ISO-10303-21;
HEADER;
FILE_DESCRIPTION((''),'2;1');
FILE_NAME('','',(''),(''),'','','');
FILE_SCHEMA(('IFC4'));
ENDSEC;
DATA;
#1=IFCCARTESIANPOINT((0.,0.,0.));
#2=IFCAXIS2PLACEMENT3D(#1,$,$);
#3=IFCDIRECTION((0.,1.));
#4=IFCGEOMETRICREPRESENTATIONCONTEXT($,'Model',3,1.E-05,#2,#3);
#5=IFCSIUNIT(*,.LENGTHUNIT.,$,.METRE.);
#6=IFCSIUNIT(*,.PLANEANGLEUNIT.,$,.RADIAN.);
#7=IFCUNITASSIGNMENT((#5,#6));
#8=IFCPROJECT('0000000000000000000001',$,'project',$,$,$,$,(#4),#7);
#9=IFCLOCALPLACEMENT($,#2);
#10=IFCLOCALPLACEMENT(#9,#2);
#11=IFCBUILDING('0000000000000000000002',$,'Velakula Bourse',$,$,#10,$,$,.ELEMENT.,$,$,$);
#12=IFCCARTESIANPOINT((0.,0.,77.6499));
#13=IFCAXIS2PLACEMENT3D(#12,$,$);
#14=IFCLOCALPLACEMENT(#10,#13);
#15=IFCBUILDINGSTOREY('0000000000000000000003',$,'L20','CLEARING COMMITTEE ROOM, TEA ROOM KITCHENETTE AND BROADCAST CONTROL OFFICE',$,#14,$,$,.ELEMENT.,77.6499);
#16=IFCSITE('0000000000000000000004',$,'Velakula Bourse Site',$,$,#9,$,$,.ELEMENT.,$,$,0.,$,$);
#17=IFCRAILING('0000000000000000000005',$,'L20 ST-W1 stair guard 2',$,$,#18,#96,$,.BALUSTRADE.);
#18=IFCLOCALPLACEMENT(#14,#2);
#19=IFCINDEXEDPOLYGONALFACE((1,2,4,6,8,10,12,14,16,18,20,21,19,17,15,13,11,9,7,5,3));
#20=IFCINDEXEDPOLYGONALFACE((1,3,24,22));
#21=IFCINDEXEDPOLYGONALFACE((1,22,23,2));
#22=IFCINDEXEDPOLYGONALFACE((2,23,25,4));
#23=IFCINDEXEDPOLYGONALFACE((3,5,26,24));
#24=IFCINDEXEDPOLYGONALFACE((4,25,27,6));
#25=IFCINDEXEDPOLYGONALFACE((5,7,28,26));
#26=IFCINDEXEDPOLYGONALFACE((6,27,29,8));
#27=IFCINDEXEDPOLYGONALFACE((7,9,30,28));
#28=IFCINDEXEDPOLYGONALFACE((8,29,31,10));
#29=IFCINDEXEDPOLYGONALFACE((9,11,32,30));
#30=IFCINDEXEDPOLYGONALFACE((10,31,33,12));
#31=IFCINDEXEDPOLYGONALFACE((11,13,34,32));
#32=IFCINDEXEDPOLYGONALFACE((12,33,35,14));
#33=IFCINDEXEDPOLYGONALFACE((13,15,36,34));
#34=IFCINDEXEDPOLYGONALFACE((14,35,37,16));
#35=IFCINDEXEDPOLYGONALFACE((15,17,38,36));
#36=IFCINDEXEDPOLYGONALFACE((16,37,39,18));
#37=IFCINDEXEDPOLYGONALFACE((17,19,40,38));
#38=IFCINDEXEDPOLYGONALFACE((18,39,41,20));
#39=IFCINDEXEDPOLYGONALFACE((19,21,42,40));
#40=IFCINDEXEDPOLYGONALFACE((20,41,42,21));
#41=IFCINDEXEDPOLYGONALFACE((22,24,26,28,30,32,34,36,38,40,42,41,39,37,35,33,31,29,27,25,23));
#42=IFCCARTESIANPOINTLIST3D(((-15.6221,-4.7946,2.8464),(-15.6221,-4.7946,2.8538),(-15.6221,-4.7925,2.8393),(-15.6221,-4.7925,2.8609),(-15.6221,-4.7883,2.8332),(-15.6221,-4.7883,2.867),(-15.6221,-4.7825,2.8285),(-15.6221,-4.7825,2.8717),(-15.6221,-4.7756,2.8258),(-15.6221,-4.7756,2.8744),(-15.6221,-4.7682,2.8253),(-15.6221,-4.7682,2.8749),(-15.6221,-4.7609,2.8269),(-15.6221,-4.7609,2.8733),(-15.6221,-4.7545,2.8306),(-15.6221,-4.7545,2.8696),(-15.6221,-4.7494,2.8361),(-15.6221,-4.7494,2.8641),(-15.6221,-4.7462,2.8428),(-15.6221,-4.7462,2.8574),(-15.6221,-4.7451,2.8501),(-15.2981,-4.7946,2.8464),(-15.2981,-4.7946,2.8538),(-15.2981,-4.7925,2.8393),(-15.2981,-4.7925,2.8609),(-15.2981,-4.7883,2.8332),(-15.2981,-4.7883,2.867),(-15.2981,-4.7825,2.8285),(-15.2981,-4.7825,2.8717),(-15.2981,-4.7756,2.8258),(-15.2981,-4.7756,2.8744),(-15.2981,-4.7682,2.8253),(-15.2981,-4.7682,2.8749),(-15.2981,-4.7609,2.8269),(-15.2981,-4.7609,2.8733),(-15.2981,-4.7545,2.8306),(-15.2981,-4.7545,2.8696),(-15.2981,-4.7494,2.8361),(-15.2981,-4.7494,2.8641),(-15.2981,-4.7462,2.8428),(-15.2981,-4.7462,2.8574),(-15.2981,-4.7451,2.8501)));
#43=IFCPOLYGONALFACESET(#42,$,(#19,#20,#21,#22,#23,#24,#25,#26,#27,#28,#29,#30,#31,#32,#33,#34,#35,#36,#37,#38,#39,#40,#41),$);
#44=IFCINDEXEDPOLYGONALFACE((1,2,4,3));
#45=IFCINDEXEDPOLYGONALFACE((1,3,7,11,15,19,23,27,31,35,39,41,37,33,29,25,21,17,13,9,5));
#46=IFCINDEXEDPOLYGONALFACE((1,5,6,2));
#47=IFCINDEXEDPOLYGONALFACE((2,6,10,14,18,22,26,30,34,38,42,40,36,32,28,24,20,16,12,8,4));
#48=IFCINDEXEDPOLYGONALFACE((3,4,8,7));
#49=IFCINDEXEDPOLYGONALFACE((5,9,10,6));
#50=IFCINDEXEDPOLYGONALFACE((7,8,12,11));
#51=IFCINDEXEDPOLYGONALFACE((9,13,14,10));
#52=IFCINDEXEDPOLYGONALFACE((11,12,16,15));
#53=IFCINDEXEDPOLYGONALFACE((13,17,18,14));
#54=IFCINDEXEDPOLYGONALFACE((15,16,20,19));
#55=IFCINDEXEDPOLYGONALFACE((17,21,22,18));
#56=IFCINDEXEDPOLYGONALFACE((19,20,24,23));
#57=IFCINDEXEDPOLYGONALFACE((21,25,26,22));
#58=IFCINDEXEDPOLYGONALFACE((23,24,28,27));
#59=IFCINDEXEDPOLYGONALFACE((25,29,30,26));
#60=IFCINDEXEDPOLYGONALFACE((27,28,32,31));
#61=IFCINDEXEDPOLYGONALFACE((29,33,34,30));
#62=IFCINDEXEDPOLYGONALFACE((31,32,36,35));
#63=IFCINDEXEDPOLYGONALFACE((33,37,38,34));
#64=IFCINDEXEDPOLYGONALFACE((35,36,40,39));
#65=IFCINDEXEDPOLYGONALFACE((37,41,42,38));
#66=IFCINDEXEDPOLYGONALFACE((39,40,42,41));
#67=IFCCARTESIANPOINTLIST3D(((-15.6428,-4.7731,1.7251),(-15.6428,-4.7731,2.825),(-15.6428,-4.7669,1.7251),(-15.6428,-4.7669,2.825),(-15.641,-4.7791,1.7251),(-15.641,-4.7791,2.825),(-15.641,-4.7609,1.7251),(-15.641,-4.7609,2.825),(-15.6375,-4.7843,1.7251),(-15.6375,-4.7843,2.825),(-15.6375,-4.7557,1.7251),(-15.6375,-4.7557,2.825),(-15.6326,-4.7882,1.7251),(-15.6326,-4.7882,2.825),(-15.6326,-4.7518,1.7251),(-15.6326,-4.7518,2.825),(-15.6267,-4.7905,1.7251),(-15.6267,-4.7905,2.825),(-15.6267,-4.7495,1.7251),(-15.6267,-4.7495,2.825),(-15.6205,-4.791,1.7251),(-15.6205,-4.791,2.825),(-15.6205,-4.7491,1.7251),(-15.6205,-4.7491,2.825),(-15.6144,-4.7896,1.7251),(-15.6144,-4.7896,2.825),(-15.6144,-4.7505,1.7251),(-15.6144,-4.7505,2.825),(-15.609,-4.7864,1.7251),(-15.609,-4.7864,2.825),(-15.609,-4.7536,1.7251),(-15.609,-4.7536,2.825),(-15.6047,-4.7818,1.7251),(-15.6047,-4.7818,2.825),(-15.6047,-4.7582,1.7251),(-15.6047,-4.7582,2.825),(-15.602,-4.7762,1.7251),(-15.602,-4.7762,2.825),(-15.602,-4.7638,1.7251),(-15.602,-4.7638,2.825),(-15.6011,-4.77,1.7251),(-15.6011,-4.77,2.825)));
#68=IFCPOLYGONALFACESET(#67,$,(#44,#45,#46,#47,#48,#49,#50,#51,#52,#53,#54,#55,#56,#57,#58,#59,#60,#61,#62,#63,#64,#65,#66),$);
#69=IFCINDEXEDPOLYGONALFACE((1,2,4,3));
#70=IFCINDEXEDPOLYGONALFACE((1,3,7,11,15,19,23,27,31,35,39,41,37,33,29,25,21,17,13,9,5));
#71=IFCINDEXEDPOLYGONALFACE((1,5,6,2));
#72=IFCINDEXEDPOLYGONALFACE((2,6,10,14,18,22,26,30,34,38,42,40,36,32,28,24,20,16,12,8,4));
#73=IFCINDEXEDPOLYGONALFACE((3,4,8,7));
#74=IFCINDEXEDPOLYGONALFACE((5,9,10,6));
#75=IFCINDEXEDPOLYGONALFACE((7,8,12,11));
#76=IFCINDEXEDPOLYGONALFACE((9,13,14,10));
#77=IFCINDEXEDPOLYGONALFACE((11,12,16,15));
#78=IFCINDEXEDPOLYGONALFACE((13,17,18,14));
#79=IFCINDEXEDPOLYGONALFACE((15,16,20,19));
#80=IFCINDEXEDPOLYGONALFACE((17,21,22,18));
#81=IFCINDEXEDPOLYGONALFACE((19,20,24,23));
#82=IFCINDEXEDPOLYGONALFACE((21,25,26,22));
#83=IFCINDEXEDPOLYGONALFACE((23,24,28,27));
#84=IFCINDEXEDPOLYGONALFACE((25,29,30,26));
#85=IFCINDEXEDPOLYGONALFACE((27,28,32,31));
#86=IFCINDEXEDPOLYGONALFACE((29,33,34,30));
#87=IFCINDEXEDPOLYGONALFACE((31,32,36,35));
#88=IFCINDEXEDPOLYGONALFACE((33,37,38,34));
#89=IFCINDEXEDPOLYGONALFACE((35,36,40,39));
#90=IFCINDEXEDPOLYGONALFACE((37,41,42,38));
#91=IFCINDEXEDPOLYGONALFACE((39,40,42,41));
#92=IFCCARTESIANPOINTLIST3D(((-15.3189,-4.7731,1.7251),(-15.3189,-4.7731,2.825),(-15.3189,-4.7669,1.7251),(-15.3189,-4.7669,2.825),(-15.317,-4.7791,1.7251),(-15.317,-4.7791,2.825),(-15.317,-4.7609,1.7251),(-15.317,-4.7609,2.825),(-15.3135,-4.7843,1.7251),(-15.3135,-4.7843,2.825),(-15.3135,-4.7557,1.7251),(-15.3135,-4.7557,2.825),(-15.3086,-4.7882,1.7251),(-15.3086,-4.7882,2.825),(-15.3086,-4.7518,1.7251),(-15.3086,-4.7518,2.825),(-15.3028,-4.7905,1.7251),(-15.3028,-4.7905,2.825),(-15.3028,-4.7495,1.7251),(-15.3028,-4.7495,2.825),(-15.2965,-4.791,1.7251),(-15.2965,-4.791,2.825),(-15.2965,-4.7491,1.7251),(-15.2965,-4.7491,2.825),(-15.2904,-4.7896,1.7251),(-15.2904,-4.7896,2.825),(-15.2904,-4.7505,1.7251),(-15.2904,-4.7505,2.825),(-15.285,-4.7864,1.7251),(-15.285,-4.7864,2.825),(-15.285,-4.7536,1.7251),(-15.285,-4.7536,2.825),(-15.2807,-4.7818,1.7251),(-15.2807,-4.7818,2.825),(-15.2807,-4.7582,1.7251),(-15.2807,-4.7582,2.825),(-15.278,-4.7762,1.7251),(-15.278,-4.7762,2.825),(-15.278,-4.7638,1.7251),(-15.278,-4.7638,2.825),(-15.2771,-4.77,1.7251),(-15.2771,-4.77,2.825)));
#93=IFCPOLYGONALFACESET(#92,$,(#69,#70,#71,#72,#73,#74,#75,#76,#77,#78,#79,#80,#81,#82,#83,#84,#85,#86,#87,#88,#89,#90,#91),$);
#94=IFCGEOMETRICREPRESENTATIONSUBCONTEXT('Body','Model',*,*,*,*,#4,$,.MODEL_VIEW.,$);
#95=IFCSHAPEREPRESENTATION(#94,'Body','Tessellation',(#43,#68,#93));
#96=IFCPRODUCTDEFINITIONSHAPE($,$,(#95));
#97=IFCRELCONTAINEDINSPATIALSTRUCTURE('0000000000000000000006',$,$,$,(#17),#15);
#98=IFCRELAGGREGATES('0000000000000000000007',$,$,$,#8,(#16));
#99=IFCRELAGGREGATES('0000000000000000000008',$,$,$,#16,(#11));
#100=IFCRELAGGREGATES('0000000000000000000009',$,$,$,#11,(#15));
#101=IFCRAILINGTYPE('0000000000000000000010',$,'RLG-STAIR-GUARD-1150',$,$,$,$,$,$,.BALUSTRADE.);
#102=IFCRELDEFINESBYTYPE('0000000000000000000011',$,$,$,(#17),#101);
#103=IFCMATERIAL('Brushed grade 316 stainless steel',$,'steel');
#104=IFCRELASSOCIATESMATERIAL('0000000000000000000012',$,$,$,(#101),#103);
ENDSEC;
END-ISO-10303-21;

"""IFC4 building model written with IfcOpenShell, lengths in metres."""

from ifc_helpers import new_model, si_unit, direction, frame, origin, origin_2d, place, context, subcontext, project, spatial, circle, extrude, material, type_object, element, save


model = new_model("IFC4")

# Units and contexts
model_context = context("Model", 3, precision=1e-05, world=origin(), true_north=direction((0.0, 1.0)))
body_context = subcontext(model_context, "Body", "Model", "MODEL_VIEW")
ifc_project = project(units=[si_unit("LENGTHUNIT", "METRE"), si_unit("PLANEANGLEUNIT", "RADIAN")], contexts=[model_context])

# Site, building, storey
site_placement = place(None, origin())
site = spatial("IfcSite", under=ifc_project, at=site_placement, Name="Velakula Bourse Site", CompositionType="ELEMENT", RefElevation=0.0)
building_placement = place(site_placement, origin())
building = spatial("IfcBuilding", under=site, at=building_placement, Name="Velakula Bourse", CompositionType="ELEMENT")
storey_placement = place(building_placement, frame((0.0, 0.0, 77.6499)))
storey = spatial("IfcBuildingStorey", under=building, at=storey_placement, Name="L20", Description="CLEARING COMMITTEE ROOM, TEA ROOM KITCHENETTE AND BROADCAST CONTROL OFFICE", CompositionType="ELEMENT", Elevation=77.6499)

# Shared definitions
ifc_material_1 = material(Name="Brushed grade 316 stainless steel", Category="steel")

# Railing
railing_type_1 = type_object("IfcRailingType", Name="RLG-STAIR-GUARD-1150", PredefinedType="BALUSTRADE", material=ifc_material_1)
railing_1_placement = place(storey_placement, frame((-15.6221, -4.77, 1.7251)))
element("IfcRailing", 1, at=railing_1_placement, inside=storey, type_object=railing_type_1, Name="L20 ST-W1 stair guard 2", PredefinedType="BALUSTRADE", context=body_context, shape_type="SweptSolid", body=[
    extrude(circle(Radius=0.0249, at=origin_2d()), frame((0.0, 0.0, 1.125), z_axis=(1.0, 0.0, 0.0), x_axis=(0.0, 1.0, 0.0)), (0.0, 0.0, 1.0), 0.324),
    extrude(circle(Radius=0.021, at=origin_2d()), origin(), (0.0, 0.0, 1.0), 1.0999),
    extrude(circle(Radius=0.021, at=origin_2d()), frame((0.324, 0.0, 0.0)), (0.0, 0.0, 1.0), 1.0999),
])

save(model, "model.ifc")
